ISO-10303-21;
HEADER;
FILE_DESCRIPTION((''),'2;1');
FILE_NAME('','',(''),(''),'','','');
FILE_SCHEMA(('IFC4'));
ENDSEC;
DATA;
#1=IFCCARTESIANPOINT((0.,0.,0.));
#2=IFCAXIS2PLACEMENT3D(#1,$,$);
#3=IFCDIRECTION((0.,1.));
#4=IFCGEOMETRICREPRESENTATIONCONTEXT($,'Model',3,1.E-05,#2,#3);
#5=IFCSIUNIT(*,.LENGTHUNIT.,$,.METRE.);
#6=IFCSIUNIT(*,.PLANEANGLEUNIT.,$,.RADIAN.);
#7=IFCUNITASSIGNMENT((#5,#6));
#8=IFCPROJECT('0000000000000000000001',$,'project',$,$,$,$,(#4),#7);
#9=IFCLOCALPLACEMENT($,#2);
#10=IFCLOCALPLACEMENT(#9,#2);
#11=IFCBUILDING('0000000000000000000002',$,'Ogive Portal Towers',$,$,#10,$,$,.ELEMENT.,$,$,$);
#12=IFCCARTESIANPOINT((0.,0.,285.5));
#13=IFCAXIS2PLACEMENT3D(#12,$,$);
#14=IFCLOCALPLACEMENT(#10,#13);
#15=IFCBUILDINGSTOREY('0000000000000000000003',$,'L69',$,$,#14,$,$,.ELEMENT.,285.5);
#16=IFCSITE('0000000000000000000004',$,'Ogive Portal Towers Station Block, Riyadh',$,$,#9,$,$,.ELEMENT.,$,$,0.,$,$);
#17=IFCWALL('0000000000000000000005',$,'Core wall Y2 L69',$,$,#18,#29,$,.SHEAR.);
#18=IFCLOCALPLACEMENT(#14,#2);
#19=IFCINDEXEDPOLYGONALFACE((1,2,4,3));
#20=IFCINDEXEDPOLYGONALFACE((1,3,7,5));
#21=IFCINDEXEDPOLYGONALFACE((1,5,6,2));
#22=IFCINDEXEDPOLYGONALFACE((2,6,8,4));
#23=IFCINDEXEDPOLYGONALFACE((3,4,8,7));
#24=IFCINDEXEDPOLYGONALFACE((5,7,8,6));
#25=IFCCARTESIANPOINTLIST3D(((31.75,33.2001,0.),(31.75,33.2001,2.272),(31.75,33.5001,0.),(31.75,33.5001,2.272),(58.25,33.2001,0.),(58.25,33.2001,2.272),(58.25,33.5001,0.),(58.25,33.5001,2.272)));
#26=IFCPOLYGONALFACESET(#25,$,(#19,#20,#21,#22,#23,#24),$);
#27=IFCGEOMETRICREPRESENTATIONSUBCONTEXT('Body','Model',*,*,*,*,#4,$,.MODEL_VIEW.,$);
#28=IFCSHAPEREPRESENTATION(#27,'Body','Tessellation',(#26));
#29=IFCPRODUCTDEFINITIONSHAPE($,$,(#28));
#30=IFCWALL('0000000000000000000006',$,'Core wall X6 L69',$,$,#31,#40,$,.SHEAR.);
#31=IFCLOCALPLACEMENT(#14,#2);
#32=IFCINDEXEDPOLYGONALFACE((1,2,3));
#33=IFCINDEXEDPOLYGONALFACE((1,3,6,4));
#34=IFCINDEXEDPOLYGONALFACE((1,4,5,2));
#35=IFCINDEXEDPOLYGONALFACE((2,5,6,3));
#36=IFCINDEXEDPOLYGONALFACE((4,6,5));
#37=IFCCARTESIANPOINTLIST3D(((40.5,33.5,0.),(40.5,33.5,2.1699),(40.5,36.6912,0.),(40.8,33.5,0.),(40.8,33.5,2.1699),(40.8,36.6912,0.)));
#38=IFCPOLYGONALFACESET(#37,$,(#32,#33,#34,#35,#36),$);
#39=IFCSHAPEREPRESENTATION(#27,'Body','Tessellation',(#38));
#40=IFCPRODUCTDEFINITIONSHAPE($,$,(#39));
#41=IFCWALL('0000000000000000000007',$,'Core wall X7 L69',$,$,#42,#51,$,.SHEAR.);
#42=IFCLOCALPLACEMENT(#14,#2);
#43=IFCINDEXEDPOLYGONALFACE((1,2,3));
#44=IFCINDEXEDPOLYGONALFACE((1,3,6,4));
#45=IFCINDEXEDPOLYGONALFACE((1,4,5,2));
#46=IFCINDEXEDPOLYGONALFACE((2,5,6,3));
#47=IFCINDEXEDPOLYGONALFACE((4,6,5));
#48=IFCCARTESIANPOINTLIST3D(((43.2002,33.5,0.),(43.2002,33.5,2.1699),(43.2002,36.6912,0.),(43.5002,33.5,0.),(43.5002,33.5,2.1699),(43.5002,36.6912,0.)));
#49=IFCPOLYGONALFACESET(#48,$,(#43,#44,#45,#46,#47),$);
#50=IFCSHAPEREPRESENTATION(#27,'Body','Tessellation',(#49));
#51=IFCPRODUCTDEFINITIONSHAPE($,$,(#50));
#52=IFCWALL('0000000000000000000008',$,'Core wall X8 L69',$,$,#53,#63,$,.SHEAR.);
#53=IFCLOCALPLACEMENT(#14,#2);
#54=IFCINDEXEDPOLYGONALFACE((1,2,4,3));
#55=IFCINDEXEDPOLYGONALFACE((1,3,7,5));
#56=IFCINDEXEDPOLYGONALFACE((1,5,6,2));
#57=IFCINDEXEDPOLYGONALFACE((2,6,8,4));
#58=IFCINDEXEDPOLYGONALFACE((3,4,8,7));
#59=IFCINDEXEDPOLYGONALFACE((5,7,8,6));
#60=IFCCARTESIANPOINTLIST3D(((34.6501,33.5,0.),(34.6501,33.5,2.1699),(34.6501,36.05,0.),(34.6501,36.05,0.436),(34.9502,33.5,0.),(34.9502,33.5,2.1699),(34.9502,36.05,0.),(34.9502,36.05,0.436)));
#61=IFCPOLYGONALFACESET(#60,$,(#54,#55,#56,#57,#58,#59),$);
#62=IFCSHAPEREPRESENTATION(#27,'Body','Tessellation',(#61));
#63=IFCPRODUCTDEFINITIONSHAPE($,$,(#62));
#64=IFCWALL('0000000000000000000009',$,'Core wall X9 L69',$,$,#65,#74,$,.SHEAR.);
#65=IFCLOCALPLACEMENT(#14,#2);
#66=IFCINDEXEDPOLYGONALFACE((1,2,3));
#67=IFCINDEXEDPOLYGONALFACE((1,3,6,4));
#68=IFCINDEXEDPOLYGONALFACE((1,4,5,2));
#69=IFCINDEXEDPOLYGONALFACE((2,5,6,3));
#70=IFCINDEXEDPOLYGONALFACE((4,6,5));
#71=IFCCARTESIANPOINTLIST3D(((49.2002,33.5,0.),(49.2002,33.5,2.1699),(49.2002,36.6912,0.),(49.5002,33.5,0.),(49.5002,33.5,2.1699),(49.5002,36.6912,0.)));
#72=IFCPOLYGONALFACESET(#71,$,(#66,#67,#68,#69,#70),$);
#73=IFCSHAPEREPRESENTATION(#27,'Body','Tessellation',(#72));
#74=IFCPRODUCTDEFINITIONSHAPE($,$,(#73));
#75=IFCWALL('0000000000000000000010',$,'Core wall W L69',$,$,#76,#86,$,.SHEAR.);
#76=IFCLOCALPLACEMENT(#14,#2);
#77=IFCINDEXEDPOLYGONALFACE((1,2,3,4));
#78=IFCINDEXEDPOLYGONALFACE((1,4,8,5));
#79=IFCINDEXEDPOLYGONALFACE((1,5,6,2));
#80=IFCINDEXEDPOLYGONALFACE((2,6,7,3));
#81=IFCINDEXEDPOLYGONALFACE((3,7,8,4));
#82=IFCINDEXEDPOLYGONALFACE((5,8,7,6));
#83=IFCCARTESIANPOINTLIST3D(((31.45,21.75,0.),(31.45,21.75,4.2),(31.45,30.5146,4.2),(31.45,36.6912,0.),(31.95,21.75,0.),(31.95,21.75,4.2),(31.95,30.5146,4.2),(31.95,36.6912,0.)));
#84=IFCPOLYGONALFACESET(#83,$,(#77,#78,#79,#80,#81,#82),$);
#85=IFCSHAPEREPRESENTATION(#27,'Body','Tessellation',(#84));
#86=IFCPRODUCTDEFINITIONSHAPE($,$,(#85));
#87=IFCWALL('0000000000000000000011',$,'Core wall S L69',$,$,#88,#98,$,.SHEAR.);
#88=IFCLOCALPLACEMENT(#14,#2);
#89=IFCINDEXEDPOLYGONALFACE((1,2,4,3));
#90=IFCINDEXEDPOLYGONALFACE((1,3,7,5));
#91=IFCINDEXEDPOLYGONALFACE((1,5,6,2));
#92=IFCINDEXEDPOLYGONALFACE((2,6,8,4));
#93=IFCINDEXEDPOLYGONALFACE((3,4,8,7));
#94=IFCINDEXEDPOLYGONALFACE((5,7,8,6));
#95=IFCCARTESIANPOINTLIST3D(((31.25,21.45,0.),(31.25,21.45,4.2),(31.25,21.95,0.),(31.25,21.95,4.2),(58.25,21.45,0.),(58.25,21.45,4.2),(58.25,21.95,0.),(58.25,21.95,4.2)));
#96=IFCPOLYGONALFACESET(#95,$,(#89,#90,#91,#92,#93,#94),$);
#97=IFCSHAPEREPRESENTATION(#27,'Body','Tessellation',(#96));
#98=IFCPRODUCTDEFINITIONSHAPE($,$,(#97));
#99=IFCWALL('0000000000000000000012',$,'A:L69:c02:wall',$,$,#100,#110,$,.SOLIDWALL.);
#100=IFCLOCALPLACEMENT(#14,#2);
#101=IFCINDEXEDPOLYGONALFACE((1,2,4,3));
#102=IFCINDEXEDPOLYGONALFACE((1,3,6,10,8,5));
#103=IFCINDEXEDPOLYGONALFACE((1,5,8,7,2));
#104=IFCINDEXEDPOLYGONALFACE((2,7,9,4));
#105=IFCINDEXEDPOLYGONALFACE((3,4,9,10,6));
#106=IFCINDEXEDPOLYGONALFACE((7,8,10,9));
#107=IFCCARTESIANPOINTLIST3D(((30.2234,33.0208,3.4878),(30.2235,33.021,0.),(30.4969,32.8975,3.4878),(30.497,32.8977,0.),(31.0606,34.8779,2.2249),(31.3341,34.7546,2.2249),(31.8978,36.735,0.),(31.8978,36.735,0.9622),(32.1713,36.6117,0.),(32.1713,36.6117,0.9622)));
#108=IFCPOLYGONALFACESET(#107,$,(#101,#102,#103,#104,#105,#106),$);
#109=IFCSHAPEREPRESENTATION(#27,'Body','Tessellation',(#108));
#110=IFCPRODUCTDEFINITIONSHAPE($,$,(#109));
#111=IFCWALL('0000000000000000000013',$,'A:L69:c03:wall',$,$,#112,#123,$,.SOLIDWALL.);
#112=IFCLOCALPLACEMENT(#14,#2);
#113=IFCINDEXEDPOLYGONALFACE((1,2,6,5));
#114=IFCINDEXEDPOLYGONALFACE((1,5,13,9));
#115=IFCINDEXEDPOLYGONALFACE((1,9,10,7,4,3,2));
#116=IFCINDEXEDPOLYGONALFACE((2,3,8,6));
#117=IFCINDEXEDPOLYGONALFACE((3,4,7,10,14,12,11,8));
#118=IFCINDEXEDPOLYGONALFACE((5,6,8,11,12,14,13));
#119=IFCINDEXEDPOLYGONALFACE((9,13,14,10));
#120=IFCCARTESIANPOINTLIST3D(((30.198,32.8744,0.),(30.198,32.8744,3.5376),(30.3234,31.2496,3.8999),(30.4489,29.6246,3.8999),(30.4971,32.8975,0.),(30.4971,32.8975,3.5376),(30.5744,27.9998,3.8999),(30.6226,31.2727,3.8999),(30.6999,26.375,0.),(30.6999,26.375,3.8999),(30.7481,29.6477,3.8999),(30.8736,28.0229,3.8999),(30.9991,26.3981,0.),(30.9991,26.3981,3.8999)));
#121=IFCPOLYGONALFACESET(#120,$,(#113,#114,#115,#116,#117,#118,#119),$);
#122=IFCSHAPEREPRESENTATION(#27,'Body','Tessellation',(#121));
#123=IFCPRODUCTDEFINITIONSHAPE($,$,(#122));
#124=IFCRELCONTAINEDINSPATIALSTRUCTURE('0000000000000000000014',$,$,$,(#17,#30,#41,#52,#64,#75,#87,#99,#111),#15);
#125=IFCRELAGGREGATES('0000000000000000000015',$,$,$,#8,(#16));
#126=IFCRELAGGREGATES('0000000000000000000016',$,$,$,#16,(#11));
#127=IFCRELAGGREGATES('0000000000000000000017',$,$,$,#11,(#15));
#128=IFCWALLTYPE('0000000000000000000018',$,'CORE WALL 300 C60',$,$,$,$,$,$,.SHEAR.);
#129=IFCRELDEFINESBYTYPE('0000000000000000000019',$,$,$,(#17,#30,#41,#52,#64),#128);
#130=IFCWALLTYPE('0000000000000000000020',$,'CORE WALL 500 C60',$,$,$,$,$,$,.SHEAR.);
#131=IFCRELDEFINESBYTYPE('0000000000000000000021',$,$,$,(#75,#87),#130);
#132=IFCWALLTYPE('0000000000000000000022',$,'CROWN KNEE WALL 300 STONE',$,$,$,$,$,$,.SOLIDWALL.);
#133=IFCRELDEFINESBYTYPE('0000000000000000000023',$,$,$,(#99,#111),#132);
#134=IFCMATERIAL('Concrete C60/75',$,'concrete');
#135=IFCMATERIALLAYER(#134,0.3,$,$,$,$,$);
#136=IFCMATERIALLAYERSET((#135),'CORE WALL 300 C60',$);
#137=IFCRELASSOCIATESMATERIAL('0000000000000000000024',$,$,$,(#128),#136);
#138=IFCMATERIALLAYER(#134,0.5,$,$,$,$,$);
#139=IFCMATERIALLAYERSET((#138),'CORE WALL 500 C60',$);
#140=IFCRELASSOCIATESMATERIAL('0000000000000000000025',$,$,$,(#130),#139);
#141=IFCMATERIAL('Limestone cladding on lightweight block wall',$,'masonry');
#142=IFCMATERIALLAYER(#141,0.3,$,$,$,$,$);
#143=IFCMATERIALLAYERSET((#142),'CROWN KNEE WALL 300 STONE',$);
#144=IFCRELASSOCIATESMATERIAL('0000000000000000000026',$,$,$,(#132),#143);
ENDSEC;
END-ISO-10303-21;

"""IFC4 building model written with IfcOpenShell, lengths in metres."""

from ifc_helpers import new_model, si_unit, direction, frame, frame_2d, origin, place, context, subcontext, project, spatial, polyline, rectangle, outline, extrude, material, layer, layer_set, type_object, element, save


model = new_model("IFC4")

# Units and contexts
model_context = context("Model", 3, precision=1e-05, world=origin(), true_north=direction((0.0, 1.0)))
body_context = subcontext(model_context, "Body", "Model", "MODEL_VIEW")
ifc_project = project(units=[si_unit("LENGTHUNIT", "METRE"), si_unit("PLANEANGLEUNIT", "RADIAN")], contexts=[model_context])

# Site, building, storey
site_placement = place(None, origin())
site = spatial("IfcSite", under=ifc_project, at=site_placement, Name="Ogive Portal Towers Station Block, Riyadh", CompositionType="ELEMENT", RefElevation=0.0)
building_placement = place(site_placement, origin())
building = spatial("IfcBuilding", under=site, at=building_placement, Name="Ogive Portal Towers", CompositionType="ELEMENT")
storey_placement = place(building_placement, frame((0.0, 0.0, 285.5)))
storey = spatial("IfcBuildingStorey", under=building, at=storey_placement, Name="L69", CompositionType="ELEMENT", Elevation=285.5)

# Walls
ifc_material_1 = material(Name="Concrete C60/75", Category="concrete")
ifc_layer_1 = layer(ifc_material_1, 0.3)
ifc_layer_set_1 = layer_set([ifc_layer_1], Name="CORE WALL 300 C60")
wall_type_1 = type_object("IfcWallType", Name="CORE WALL 300 C60", PredefinedType="SHEAR", material=ifc_layer_set_1)
wall_1_placement = place(storey_placement, frame((31.75, 33.3501, 0.0), z_axis=(0.0, 0.0, 1.0), x_axis=(1.0, 0.0, 0.0)))
element("IfcWall", 1, at=wall_1_placement, inside=storey, type_object=wall_type_1, Name="Core wall Y2 L69", PredefinedType="SHEAR", context=body_context, shape_type="SweptSolid", body=[
    extrude(rectangle(XDim=26.5, YDim=0.3, at=frame_2d((13.25, 0.0))), origin(), (0.0, 0.0, 1.0), 2.272),
])
for number, where, z_axis, x_axis, name in (
    (2, (40.6499, 33.5, 0.0), (0.0, 0.0, 1.0), (0.0, 1.0, 0.0), "Core wall X6 L69"),
    (3, (43.3501, 33.5, 0.0), (0.0, 0.0, 1.0), (0.0, 1.0, 0.0), "Core wall X7 L69"),
):
    element("IfcWall", number, at=place(storey_placement, frame(where, z_axis=z_axis, x_axis=x_axis)), inside=storey, type_object=wall_type_1, Name=name, PredefinedType="SHEAR", context=body_context, shape_type="SweptSolid", body=[
        extrude(outline(polyline([(0.0, 0.0), (5.75, 0.0), (3.1912, 0.0), (0.0, 2.1699), (0.0, 0.0)])), frame((0.0, 0.1499, 0.0), z_axis=(0.0, -1.0, 0.0), x_axis=(1.0, 0.0, 0.0)), (0.0, 0.0, 1.0), 0.3),
    ])
wall_2_placement = place(storey_placement, frame((34.8, 33.5, 0.0), z_axis=(0.0, 0.0, 1.0), x_axis=(0.0, 1.0, 0.0)))
element("IfcWall", 4, at=wall_2_placement, inside=storey, type_object=wall_type_1, Name="Core wall X8 L69", PredefinedType="SHEAR", context=body_context, shape_type="SweptSolid", body=[
    extrude(outline(polyline([(0.0, 0.0), (2.55, 0.0), (2.55, 0.436), (0.0, 2.1699), (0.0, 0.0)])), frame((0.0, 0.1499, 0.0), z_axis=(0.0, -1.0, 0.0), x_axis=(1.0, 0.0, 0.0)), (0.0, 0.0, 1.0), 0.3),
])
wall_3_placement = place(storey_placement, frame((49.3501, 33.5, 0.0), z_axis=(0.0, 0.0, 1.0), x_axis=(0.0, 1.0, 0.0)))
element("IfcWall", 5, at=wall_3_placement, inside=storey, type_object=wall_type_1, Name="Core wall X9 L69", PredefinedType="SHEAR", context=body_context, shape_type="SweptSolid", body=[
    extrude(outline(polyline([(0.0, 0.0), (5.75, 0.0), (3.1912, 0.0), (0.0, 2.1699), (0.0, 0.0)])), frame((0.0, 0.1499, 0.0), z_axis=(0.0, -1.0, 0.0), x_axis=(1.0, 0.0, 0.0)), (0.0, 0.0, 1.0), 0.3),
])
ifc_layer_2 = layer(ifc_material_1, 0.5)
ifc_layer_set_2 = layer_set([ifc_layer_2], Name="CORE WALL 500 C60")
wall_type_2 = type_object("IfcWallType", Name="CORE WALL 500 C60", PredefinedType="SHEAR", material=ifc_layer_set_2)
wall_4_placement = place(storey_placement, frame((31.7, 21.75, 0.0), z_axis=(0.0, 0.0, 1.0), x_axis=(0.0, 1.0, 0.0)))
element("IfcWall", 6, at=wall_4_placement, inside=storey, type_object=wall_type_2, Name="Core wall W L69", PredefinedType="SHEAR", context=body_context, shape_type="SweptSolid", body=[
    extrude(outline(polyline([(0.0, 0.0), (17.5, 0.0), (14.9412, 0.0), (8.7646, 4.2), (0.0, 4.2), (0.0, 0.0)])), frame((0.0, 0.25, 0.0), z_axis=(0.0, -1.0, 0.0), x_axis=(1.0, 0.0, 0.0)), (0.0, 0.0, 1.0), 0.5),
])
wall_5_placement = place(storey_placement, frame((31.25, 21.7, 0.0), z_axis=(0.0, 0.0, 1.0), x_axis=(1.0, 0.0, 0.0)))
element("IfcWall", 7, at=wall_5_placement, inside=storey, type_object=wall_type_2, Name="Core wall S L69", PredefinedType="SHEAR", context=body_context, shape_type="SweptSolid", body=[
    extrude(rectangle(XDim=27.0, YDim=0.5, at=frame_2d((13.5, 0.0))), origin(), (0.0, 0.0, 1.0), 4.2),
])
ifc_material_2 = material(Name="Limestone cladding on lightweight block wall", Category="masonry")
ifc_layer_3 = layer(ifc_material_2, 0.3)
ifc_layer_set_3 = layer_set([ifc_layer_3], Name="CROWN KNEE WALL 300 STONE")
wall_type_3 = type_object("IfcWallType", Name="CROWN KNEE WALL 300 STONE", PredefinedType="SOLIDWALL", material=ifc_layer_set_3)
wall_6_placement = place(storey_placement, frame((32.0347, 36.6733, 0.0), z_axis=(0.0, 0.0, 1.0), x_axis=(-0.41097, -0.911649, 0.0)))
element("IfcWall", 8, at=wall_6_placement, inside=storey, type_object=wall_type_3, Name="A:L69:c02:wall", PredefinedType="SOLIDWALL", context=body_context, shape_type="SweptSolid", body=[
    extrude(outline(polyline([(0.0, 0.0), (4.074, 0.0), (4.0742, 3.4878), (2.0371, 2.2249), (0.0, 0.9622), (0.0, 0.0)])), frame((0.0, 0.1499, 0.0), z_axis=(0.0, -1.0, 0.0), x_axis=(1.0, 0.0, 0.0)), (0.0, 0.0, 1.0), 0.3),
])
wall_7_placement = place(storey_placement, frame((30.3477, 32.886, 0.0), z_axis=(0.0, 0.0, 1.0), x_axis=(0.077, -0.997031, 0.0)))
element("IfcWall", 9, at=wall_7_placement, inside=storey, type_object=wall_type_3, Name="A:L69:c03:wall", PredefinedType="SOLIDWALL", context=body_context, shape_type="SweptSolid", body=[
    extrude(outline(polyline([(0.0, 0.0), (6.5188, 0.0), (6.5188, 3.8999), (4.8892, 3.8999), (3.2595, 3.8999), (1.6296, 3.8999), (0.0, 3.5376), (0.0, 0.0)])), frame((0.0, 0.1499, 0.0), z_axis=(0.0, -1.0, 0.0), x_axis=(1.0, 0.0, 0.0)), (0.0, 0.0, 1.0), 0.3),
])

save(model, "model.ifc")
